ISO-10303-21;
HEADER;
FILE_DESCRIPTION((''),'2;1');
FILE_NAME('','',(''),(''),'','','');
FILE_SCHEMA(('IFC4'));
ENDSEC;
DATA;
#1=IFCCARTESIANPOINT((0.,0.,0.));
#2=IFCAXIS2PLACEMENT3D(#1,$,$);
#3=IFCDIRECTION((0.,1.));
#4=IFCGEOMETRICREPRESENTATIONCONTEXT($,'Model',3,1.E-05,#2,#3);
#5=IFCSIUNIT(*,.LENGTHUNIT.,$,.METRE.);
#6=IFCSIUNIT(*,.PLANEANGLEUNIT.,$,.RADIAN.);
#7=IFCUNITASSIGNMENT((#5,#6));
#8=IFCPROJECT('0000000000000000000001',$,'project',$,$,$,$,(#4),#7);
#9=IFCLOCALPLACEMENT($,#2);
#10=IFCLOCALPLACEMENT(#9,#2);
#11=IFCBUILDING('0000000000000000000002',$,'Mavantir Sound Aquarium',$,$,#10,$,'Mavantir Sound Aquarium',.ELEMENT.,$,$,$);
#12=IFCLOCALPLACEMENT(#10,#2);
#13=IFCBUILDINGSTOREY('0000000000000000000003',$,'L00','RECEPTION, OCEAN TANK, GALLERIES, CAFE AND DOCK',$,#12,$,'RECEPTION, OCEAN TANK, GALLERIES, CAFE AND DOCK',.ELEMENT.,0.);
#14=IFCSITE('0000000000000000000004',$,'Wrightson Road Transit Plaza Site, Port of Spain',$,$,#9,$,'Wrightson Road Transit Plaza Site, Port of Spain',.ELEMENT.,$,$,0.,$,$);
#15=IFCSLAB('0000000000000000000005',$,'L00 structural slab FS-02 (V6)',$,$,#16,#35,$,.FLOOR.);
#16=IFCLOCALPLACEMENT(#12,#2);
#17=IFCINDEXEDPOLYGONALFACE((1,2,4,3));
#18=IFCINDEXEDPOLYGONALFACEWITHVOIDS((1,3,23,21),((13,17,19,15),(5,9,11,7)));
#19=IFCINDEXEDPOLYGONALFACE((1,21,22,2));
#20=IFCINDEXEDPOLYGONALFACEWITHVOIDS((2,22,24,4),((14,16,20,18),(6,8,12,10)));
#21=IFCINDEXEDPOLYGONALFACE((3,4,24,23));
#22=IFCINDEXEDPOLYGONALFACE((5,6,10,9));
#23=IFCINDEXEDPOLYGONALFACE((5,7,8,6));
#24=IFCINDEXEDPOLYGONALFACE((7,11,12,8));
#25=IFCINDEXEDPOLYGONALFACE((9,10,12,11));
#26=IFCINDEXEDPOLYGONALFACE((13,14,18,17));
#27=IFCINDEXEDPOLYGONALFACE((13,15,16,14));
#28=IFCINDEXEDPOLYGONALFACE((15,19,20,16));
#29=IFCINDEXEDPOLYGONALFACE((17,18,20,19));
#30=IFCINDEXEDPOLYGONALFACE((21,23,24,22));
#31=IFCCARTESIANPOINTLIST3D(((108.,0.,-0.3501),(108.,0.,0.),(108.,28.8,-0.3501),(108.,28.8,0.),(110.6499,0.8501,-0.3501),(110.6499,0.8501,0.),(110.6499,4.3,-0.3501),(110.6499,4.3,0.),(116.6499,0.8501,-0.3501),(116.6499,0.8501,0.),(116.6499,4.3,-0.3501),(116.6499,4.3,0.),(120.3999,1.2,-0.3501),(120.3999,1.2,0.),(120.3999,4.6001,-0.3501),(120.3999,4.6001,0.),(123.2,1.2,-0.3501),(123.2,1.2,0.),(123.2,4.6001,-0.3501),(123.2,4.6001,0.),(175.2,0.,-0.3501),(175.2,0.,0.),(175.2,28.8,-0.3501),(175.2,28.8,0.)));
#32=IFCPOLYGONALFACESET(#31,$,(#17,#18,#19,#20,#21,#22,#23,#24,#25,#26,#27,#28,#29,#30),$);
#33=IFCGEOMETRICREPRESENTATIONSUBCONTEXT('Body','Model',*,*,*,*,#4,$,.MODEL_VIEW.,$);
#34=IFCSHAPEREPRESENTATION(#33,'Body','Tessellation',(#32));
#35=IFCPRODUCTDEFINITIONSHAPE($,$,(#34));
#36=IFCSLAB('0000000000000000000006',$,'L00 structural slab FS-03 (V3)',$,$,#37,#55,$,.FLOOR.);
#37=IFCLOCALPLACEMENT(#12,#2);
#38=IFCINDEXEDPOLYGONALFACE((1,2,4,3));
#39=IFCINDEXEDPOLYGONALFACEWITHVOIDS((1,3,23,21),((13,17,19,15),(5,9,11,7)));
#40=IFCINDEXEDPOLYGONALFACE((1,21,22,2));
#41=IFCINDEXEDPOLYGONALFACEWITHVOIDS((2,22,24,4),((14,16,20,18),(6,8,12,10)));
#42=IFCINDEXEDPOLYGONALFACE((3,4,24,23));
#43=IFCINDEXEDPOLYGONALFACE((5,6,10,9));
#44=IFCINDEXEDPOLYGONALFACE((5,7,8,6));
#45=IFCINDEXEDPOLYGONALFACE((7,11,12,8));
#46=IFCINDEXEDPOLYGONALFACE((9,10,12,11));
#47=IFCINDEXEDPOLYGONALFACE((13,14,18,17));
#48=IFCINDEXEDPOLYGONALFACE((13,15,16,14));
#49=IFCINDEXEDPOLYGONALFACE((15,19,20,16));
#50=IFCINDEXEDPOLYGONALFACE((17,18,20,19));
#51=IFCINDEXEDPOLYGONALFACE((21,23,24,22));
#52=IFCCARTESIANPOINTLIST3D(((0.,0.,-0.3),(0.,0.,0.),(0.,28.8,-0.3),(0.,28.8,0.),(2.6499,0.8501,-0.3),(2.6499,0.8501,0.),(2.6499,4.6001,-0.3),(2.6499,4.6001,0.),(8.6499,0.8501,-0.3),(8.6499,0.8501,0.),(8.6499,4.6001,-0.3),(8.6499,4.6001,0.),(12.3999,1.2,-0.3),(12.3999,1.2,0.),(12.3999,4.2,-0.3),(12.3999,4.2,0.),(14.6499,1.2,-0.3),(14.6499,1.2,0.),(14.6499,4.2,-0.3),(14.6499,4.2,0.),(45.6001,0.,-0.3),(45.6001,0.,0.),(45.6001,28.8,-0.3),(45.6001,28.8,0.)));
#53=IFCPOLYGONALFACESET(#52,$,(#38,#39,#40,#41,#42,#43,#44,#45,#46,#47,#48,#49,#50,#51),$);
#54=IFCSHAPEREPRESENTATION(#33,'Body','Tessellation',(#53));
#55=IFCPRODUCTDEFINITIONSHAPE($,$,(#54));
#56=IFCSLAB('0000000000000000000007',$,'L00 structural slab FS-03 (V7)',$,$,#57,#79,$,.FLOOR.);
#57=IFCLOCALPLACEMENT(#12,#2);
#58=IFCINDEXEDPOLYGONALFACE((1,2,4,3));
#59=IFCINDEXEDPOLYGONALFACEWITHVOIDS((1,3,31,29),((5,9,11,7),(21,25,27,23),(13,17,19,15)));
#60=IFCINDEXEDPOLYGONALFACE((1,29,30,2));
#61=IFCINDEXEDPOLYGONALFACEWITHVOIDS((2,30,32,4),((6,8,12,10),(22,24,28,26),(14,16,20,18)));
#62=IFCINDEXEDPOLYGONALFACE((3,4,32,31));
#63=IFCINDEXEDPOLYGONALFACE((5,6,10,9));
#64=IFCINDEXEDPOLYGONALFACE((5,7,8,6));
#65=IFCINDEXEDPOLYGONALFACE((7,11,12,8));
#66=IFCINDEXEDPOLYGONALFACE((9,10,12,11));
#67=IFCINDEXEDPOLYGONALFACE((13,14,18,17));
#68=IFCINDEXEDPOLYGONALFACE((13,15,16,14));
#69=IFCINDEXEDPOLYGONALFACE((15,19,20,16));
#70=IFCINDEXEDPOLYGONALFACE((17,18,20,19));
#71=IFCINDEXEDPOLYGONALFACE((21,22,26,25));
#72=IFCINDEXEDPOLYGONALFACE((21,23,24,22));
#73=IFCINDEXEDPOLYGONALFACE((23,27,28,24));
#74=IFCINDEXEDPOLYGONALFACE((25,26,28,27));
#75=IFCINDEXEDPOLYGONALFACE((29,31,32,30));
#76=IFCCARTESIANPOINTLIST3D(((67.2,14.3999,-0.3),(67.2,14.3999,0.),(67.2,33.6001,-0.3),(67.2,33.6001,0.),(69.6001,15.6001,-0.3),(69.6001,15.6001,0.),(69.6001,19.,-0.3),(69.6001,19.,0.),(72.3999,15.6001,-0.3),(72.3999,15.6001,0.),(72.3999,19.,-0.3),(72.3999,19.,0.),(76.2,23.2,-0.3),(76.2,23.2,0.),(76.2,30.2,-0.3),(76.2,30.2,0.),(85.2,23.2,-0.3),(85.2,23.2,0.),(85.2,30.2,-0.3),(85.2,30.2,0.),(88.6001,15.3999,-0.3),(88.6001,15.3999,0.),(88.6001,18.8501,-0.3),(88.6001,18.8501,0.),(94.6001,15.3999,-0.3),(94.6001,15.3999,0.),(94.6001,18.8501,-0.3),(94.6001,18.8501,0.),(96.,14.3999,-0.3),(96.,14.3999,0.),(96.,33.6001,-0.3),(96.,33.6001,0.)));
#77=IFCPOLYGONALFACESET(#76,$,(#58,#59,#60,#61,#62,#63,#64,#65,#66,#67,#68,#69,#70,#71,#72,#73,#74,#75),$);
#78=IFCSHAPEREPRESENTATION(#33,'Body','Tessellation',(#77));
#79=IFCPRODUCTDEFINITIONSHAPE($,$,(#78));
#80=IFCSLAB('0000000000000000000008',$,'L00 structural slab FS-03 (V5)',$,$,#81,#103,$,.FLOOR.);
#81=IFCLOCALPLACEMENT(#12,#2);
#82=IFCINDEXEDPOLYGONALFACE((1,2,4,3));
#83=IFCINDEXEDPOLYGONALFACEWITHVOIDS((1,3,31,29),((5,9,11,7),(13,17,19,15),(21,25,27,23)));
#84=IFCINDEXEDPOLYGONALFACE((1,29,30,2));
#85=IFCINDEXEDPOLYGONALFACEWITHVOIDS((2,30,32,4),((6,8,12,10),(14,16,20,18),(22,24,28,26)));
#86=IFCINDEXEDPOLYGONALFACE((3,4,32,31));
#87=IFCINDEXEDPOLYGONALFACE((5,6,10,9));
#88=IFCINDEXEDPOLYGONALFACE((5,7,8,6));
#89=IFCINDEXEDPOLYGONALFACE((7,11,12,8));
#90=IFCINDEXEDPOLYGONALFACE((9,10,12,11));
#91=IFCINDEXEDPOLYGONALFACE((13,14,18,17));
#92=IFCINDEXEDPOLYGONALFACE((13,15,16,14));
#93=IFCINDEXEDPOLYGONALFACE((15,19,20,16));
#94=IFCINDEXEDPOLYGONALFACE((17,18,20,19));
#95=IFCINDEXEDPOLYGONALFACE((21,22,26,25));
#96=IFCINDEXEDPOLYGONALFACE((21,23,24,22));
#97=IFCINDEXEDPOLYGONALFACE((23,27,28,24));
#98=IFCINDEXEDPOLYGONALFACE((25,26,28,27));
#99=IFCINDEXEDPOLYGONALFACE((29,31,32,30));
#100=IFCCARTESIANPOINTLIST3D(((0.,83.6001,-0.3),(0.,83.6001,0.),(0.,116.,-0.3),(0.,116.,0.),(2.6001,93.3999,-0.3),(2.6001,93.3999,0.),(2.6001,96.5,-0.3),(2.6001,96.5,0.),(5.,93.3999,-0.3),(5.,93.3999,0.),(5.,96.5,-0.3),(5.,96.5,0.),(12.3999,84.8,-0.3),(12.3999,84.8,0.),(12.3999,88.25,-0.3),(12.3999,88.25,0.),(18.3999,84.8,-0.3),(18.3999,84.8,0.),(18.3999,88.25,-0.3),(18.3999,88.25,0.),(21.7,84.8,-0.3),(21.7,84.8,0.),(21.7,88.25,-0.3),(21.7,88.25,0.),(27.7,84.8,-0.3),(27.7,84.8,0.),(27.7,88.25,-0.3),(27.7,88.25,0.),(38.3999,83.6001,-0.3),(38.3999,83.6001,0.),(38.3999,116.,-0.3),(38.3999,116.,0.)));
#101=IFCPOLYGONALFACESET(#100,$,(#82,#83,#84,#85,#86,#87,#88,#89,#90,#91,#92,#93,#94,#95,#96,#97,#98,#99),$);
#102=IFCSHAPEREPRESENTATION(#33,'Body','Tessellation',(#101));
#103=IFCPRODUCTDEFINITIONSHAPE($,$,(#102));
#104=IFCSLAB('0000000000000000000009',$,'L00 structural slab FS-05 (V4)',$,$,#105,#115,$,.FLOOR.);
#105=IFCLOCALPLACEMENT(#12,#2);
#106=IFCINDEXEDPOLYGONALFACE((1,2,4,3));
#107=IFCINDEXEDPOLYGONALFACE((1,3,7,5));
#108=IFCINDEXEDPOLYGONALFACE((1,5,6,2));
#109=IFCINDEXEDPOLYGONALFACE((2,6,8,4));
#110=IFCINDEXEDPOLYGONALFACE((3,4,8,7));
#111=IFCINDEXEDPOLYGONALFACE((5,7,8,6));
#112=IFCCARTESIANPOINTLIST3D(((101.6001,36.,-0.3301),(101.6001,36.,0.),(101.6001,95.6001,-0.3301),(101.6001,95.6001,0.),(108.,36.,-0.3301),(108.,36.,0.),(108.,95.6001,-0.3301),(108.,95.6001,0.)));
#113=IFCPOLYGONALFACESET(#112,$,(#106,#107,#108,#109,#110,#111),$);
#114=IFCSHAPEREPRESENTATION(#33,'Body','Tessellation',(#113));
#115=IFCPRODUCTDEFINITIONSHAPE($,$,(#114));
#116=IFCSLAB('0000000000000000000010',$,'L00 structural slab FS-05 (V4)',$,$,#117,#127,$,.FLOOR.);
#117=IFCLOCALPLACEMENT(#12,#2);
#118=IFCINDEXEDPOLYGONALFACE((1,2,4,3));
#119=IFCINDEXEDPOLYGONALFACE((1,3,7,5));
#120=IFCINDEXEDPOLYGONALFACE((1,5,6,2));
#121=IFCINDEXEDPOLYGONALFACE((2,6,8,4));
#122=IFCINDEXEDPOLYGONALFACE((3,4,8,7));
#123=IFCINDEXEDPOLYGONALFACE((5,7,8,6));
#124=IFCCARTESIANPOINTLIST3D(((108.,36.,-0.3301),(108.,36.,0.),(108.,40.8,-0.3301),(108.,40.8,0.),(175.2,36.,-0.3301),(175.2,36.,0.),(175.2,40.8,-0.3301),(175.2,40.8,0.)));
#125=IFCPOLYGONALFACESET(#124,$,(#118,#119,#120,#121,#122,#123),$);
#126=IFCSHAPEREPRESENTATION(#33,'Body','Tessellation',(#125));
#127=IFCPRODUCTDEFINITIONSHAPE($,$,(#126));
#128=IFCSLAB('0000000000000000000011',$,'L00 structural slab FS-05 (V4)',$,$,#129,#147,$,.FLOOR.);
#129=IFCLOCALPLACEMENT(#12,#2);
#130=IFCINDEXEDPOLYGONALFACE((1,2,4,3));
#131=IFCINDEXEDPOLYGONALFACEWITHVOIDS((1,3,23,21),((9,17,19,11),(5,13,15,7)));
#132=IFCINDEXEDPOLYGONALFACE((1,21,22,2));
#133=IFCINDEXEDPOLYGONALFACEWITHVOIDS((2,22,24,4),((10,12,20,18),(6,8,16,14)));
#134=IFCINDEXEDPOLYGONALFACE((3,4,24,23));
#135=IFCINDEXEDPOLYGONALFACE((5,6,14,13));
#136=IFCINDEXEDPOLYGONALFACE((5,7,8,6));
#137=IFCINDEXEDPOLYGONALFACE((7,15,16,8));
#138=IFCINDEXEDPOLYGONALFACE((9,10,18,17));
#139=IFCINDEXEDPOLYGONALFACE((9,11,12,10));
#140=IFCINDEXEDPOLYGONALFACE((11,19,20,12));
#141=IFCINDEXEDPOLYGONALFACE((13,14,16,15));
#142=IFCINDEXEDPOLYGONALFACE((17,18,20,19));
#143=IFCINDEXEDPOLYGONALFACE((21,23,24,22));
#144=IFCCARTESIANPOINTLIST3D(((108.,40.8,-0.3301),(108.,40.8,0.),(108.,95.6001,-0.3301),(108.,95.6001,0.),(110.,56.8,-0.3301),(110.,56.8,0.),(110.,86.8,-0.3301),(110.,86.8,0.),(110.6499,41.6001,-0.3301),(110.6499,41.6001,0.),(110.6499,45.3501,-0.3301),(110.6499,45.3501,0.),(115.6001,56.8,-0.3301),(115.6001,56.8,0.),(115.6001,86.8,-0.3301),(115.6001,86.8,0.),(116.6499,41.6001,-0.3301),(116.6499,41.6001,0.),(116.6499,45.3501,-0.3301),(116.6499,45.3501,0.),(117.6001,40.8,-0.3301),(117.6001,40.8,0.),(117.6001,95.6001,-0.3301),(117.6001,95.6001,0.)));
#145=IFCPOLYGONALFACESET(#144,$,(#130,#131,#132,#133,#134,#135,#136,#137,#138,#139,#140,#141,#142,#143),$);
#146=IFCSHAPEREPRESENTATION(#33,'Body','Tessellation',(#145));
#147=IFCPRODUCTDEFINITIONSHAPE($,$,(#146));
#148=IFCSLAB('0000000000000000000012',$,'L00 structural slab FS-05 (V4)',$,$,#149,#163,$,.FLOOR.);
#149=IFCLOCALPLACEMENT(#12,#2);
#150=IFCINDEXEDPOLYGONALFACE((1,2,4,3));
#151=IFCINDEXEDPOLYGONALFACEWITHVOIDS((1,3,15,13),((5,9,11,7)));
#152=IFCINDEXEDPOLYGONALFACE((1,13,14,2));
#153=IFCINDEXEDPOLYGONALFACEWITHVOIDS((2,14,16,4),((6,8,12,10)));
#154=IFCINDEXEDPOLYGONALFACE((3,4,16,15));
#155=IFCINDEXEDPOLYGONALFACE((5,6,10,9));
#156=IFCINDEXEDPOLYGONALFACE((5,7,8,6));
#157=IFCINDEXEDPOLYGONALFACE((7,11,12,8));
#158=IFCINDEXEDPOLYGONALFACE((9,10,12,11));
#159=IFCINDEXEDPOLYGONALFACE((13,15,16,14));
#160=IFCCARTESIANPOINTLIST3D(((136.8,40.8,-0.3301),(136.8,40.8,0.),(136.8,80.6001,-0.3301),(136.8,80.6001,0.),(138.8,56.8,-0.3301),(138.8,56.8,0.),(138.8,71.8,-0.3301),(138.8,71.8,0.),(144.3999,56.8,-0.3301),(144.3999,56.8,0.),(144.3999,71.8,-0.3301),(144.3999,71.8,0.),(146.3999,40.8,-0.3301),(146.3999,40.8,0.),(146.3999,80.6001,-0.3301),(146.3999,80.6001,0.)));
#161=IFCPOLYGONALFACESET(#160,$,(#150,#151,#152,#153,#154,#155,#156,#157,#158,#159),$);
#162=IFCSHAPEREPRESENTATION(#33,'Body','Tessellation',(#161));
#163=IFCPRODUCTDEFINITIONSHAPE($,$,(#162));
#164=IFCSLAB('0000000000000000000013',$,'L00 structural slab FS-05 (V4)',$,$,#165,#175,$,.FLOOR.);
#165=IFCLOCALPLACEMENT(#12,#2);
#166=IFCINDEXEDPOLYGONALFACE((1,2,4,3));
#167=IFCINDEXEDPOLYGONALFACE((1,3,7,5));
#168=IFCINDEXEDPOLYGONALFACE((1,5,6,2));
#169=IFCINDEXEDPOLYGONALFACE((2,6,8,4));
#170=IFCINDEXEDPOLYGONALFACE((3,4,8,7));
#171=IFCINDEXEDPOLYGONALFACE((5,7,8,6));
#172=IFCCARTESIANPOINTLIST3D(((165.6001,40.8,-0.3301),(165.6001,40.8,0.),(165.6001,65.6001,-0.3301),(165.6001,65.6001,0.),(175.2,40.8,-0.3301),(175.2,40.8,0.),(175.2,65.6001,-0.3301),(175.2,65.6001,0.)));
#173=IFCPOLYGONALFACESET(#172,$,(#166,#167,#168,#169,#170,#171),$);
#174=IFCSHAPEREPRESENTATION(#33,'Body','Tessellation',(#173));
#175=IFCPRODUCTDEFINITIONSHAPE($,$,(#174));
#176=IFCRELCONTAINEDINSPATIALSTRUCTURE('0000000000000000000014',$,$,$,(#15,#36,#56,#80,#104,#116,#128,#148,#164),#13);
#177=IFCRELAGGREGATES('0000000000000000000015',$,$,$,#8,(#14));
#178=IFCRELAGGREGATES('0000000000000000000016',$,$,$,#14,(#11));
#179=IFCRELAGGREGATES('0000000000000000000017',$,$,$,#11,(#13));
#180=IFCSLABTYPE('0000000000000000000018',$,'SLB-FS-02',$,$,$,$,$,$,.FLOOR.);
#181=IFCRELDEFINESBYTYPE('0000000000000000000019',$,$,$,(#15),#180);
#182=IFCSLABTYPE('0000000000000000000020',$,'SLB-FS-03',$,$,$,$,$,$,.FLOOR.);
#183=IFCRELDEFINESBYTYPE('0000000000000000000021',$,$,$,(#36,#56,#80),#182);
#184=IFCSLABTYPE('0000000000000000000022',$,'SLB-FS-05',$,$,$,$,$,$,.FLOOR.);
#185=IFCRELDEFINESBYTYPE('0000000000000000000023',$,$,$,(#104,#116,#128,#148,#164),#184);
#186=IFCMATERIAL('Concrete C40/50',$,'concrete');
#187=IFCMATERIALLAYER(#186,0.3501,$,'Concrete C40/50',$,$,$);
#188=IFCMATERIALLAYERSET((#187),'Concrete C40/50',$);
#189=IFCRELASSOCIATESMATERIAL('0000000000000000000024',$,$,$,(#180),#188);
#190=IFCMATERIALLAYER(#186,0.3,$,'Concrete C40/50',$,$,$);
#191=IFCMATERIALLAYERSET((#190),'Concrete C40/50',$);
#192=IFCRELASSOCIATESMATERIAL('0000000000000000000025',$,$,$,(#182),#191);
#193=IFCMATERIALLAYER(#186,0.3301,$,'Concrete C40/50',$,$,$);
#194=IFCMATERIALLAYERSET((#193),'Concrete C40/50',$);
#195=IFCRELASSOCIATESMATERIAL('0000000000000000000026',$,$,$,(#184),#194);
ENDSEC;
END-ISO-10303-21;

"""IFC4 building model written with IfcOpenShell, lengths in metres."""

from ifc_helpers import new_model, si_unit, direction, frame, origin, place, context, subcontext, project, spatial, polyline, outline, extrude, material, layer, layer_set, type_object, element, save


model = new_model("IFC4")

# Units and contexts
model_context = context("Model", 3, precision=1e-05, world=origin(), true_north=direction((0.0, 1.0)))
body_context = subcontext(model_context, "Body", "Model", "MODEL_VIEW")
ifc_project = project(units=[si_unit("LENGTHUNIT", "METRE"), si_unit("PLANEANGLEUNIT", "RADIAN")], contexts=[model_context])

# Site, building, storey
site_placement = place(None, origin())
site = spatial("IfcSite", under=ifc_project, at=site_placement, Name="Wrightson Road Transit Plaza Site, Port of Spain", LongName="Wrightson Road Transit Plaza Site, Port of Spain", CompositionType="ELEMENT", RefElevation=0.0)
building_placement = place(site_placement, origin())
building = spatial("IfcBuilding", under=site, at=building_placement, Name="Mavantir Sound Aquarium", LongName="Mavantir Sound Aquarium", CompositionType="ELEMENT")
storey_placement = place(building_placement, origin())
storey = spatial("IfcBuildingStorey", under=building, at=storey_placement, Name="L00", Description="RECEPTION, OCEAN TANK, GALLERIES, CAFE AND DOCK", LongName="RECEPTION, OCEAN TANK, GALLERIES, CAFE AND DOCK", CompositionType="ELEMENT", Elevation=0.0)

# Slabs
ifc_material_1 = material(Name="Concrete C40/50", Category="concrete")
ifc_layer_1 = layer(ifc_material_1, 0.3501, Name="Concrete C40/50")
ifc_layer_set_1 = layer_set([ifc_layer_1], Name="Concrete C40/50")
slab_type_1 = type_object("IfcSlabType", Name="SLB-FS-02", PredefinedType="FLOOR", material=ifc_layer_set_1)
slab_1_placement = place(storey_placement, frame((0.0, 0.0, -0.3501)))
element("IfcSlab", 1, at=slab_1_placement, inside=storey, type_object=slab_type_1, Name="L00 structural slab FS-02 (V6)", PredefinedType="FLOOR", context=body_context, shape_type="SweptSolid", body=[
    extrude(outline(polyline([(175.2, 0.0), (175.2, 28.8), (108.0, 28.8), (108.0, 0.0), (175.2, 0.0)]), holes=[polyline([(110.6499, 0.8501), (116.6499, 0.8501), (116.6499, 4.3), (110.6499, 4.3), (110.6499, 0.8501)]), polyline([(120.3999, 1.2), (123.2, 1.2), (123.2, 4.6001), (120.3999, 4.6001), (120.3999, 1.2)])]), origin(), (0.0, 0.0, 1.0), 0.3501),
])
ifc_layer_2 = layer(ifc_material_1, 0.3, Name="Concrete C40/50")
ifc_layer_set_2 = layer_set([ifc_layer_2], Name="Concrete C40/50")
slab_type_2 = type_object("IfcSlabType", Name="SLB-FS-03", PredefinedType="FLOOR", material=ifc_layer_set_2)
slab_2_placement = place(storey_placement, frame((0.0, 0.0, -0.3)))
element("IfcSlab", 2, at=slab_2_placement, inside=storey, type_object=slab_type_2, Name="L00 structural slab FS-03 (V3)", PredefinedType="FLOOR", context=body_context, shape_type="SweptSolid", body=[
    extrude(outline(polyline([(45.6001, 0.0), (45.6001, 28.8), (0.0, 28.8), (0.0, 0.0), (45.6001, 0.0)]), holes=[polyline([(2.6499, 0.8501), (8.6499, 0.8501), (8.6499, 4.6001), (2.6499, 4.6001), (2.6499, 0.8501)]), polyline([(12.3999, 1.2), (14.6499, 1.2), (14.6499, 4.2), (12.3999, 4.2), (12.3999, 1.2)])]), origin(), (0.0, 0.0, 1.0), 0.3),
])
slab_3_placement = place(storey_placement, frame((0.0, 0.0, -0.3)))
element("IfcSlab", 3, at=slab_3_placement, inside=storey, type_object=slab_type_2, Name="L00 structural slab FS-03 (V7)", PredefinedType="FLOOR", context=body_context, shape_type="SweptSolid", body=[
    extrude(outline(polyline([(96.0, 14.3999), (96.0, 33.6001), (67.2, 33.6001), (67.2, 14.3999), (96.0, 14.3999)]), holes=[polyline([(76.2, 23.2), (85.2, 23.2), (85.2, 30.2), (76.2, 30.2), (76.2, 23.2)]), polyline([(88.6001, 15.3999), (94.6001, 15.3999), (94.6001, 18.8501), (88.6001, 18.8501), (88.6001, 15.3999)]), polyline([(69.6001, 15.6001), (72.3999, 15.6001), (72.3999, 19.0), (69.6001, 19.0), (69.6001, 15.6001)])]), origin(), (0.0, 0.0, 1.0), 0.3),
])
slab_4_placement = place(storey_placement, frame((0.0, 0.0, -0.3)))
element("IfcSlab", 4, at=slab_4_placement, inside=storey, type_object=slab_type_2, Name="L00 structural slab FS-03 (V5)", PredefinedType="FLOOR", context=body_context, shape_type="SweptSolid", body=[
    extrude(outline(polyline([(38.3999, 83.6001), (38.3999, 116.0), (0.0, 116.0), (0.0, 83.6001), (38.3999, 83.6001)]), holes=[polyline([(12.3999, 84.8), (18.3999, 84.8), (18.3999, 88.25), (12.3999, 88.25), (12.3999, 84.8)]), polyline([(21.7, 84.8), (27.7, 84.8), (27.7, 88.25), (21.7, 88.25), (21.7, 84.8)]), polyline([(2.6001, 93.3999), (5.0, 93.3999), (5.0, 96.5), (2.6001, 96.5), (2.6001, 93.3999)])]), origin(), (0.0, 0.0, 1.0), 0.3),
])
ifc_layer_3 = layer(ifc_material_1, 0.3301, Name="Concrete C40/50")
ifc_layer_set_3 = layer_set([ifc_layer_3], Name="Concrete C40/50")
slab_type_3 = type_object("IfcSlabType", Name="SLB-FS-05", PredefinedType="FLOOR", material=ifc_layer_set_3)
slab_5_placement = place(storey_placement, frame((0.0, 0.0, -0.3301)))
element("IfcSlab", 5, at=slab_5_placement, inside=storey, type_object=slab_type_3, Name="L00 structural slab FS-05 (V4)", PredefinedType="FLOOR", context=body_context, shape_type="SweptSolid", body=[
    extrude(outline(polyline([(108.0, 36.0), (108.0, 95.6001), (101.6001, 95.6001), (101.6001, 36.0), (108.0, 36.0)])), origin(), (0.0, 0.0, 1.0), 0.3301),
])
slab_6_placement = place(storey_placement, frame((0.0, 0.0, -0.3301)))
element("IfcSlab", 6, at=slab_6_placement, inside=storey, type_object=slab_type_3, Name="L00 structural slab FS-05 (V4)", PredefinedType="FLOOR", context=body_context, shape_type="SweptSolid", body=[
    extrude(outline(polyline([(175.2, 36.0), (175.2, 40.8), (108.0, 40.8), (108.0, 36.0), (175.2, 36.0)])), origin(), (0.0, 0.0, 1.0), 0.3301),
])
slab_7_placement = place(storey_placement, frame((0.0, 0.0, -0.3301)))
element("IfcSlab", 7, at=slab_7_placement, inside=storey, type_object=slab_type_3, Name="L00 structural slab FS-05 (V4)", PredefinedType="FLOOR", context=body_context, shape_type="SweptSolid", body=[
    extrude(outline(polyline([(117.6001, 40.8), (117.6001, 95.6001), (108.0, 95.6001), (108.0, 40.8), (117.6001, 40.8)]), holes=[polyline([(110.0, 56.8), (115.6001, 56.8), (115.6001, 86.8), (110.0, 86.8), (110.0, 56.8)]), polyline([(110.6499, 41.6001), (116.6499, 41.6001), (116.6499, 45.3501), (110.6499, 45.3501), (110.6499, 41.6001)])]), origin(), (0.0, 0.0, 1.0), 0.3301),
])
slab_8_placement = place(storey_placement, frame((0.0, 0.0, -0.3301)))
element("IfcSlab", 8, at=slab_8_placement, inside=storey, type_object=slab_type_3, Name="L00 structural slab FS-05 (V4)", PredefinedType="FLOOR", context=body_context, shape_type="SweptSolid", body=[
    extrude(outline(polyline([(146.3999, 40.8), (146.3999, 80.6001), (136.8, 80.6001), (136.8, 40.8), (146.3999, 40.8)]), holes=[polyline([(138.8, 56.8), (144.3999, 56.8), (144.3999, 71.8), (138.8, 71.8), (138.8, 56.8)])]), origin(), (0.0, 0.0, 1.0), 0.3301),
])
slab_9_placement = place(storey_placement, frame((0.0, 0.0, -0.3301)))
element("IfcSlab", 9, at=slab_9_placement, inside=storey, type_object=slab_type_3, Name="L00 structural slab FS-05 (V4)", PredefinedType="FLOOR", context=body_context, shape_type="SweptSolid", body=[
    extrude(outline(polyline([(175.2, 40.8), (175.2, 65.6001), (165.6001, 65.6001), (165.6001, 40.8), (175.2, 40.8)])), origin(), (0.0, 0.0, 1.0), 0.3301),
])

save(model, "model.ifc")
